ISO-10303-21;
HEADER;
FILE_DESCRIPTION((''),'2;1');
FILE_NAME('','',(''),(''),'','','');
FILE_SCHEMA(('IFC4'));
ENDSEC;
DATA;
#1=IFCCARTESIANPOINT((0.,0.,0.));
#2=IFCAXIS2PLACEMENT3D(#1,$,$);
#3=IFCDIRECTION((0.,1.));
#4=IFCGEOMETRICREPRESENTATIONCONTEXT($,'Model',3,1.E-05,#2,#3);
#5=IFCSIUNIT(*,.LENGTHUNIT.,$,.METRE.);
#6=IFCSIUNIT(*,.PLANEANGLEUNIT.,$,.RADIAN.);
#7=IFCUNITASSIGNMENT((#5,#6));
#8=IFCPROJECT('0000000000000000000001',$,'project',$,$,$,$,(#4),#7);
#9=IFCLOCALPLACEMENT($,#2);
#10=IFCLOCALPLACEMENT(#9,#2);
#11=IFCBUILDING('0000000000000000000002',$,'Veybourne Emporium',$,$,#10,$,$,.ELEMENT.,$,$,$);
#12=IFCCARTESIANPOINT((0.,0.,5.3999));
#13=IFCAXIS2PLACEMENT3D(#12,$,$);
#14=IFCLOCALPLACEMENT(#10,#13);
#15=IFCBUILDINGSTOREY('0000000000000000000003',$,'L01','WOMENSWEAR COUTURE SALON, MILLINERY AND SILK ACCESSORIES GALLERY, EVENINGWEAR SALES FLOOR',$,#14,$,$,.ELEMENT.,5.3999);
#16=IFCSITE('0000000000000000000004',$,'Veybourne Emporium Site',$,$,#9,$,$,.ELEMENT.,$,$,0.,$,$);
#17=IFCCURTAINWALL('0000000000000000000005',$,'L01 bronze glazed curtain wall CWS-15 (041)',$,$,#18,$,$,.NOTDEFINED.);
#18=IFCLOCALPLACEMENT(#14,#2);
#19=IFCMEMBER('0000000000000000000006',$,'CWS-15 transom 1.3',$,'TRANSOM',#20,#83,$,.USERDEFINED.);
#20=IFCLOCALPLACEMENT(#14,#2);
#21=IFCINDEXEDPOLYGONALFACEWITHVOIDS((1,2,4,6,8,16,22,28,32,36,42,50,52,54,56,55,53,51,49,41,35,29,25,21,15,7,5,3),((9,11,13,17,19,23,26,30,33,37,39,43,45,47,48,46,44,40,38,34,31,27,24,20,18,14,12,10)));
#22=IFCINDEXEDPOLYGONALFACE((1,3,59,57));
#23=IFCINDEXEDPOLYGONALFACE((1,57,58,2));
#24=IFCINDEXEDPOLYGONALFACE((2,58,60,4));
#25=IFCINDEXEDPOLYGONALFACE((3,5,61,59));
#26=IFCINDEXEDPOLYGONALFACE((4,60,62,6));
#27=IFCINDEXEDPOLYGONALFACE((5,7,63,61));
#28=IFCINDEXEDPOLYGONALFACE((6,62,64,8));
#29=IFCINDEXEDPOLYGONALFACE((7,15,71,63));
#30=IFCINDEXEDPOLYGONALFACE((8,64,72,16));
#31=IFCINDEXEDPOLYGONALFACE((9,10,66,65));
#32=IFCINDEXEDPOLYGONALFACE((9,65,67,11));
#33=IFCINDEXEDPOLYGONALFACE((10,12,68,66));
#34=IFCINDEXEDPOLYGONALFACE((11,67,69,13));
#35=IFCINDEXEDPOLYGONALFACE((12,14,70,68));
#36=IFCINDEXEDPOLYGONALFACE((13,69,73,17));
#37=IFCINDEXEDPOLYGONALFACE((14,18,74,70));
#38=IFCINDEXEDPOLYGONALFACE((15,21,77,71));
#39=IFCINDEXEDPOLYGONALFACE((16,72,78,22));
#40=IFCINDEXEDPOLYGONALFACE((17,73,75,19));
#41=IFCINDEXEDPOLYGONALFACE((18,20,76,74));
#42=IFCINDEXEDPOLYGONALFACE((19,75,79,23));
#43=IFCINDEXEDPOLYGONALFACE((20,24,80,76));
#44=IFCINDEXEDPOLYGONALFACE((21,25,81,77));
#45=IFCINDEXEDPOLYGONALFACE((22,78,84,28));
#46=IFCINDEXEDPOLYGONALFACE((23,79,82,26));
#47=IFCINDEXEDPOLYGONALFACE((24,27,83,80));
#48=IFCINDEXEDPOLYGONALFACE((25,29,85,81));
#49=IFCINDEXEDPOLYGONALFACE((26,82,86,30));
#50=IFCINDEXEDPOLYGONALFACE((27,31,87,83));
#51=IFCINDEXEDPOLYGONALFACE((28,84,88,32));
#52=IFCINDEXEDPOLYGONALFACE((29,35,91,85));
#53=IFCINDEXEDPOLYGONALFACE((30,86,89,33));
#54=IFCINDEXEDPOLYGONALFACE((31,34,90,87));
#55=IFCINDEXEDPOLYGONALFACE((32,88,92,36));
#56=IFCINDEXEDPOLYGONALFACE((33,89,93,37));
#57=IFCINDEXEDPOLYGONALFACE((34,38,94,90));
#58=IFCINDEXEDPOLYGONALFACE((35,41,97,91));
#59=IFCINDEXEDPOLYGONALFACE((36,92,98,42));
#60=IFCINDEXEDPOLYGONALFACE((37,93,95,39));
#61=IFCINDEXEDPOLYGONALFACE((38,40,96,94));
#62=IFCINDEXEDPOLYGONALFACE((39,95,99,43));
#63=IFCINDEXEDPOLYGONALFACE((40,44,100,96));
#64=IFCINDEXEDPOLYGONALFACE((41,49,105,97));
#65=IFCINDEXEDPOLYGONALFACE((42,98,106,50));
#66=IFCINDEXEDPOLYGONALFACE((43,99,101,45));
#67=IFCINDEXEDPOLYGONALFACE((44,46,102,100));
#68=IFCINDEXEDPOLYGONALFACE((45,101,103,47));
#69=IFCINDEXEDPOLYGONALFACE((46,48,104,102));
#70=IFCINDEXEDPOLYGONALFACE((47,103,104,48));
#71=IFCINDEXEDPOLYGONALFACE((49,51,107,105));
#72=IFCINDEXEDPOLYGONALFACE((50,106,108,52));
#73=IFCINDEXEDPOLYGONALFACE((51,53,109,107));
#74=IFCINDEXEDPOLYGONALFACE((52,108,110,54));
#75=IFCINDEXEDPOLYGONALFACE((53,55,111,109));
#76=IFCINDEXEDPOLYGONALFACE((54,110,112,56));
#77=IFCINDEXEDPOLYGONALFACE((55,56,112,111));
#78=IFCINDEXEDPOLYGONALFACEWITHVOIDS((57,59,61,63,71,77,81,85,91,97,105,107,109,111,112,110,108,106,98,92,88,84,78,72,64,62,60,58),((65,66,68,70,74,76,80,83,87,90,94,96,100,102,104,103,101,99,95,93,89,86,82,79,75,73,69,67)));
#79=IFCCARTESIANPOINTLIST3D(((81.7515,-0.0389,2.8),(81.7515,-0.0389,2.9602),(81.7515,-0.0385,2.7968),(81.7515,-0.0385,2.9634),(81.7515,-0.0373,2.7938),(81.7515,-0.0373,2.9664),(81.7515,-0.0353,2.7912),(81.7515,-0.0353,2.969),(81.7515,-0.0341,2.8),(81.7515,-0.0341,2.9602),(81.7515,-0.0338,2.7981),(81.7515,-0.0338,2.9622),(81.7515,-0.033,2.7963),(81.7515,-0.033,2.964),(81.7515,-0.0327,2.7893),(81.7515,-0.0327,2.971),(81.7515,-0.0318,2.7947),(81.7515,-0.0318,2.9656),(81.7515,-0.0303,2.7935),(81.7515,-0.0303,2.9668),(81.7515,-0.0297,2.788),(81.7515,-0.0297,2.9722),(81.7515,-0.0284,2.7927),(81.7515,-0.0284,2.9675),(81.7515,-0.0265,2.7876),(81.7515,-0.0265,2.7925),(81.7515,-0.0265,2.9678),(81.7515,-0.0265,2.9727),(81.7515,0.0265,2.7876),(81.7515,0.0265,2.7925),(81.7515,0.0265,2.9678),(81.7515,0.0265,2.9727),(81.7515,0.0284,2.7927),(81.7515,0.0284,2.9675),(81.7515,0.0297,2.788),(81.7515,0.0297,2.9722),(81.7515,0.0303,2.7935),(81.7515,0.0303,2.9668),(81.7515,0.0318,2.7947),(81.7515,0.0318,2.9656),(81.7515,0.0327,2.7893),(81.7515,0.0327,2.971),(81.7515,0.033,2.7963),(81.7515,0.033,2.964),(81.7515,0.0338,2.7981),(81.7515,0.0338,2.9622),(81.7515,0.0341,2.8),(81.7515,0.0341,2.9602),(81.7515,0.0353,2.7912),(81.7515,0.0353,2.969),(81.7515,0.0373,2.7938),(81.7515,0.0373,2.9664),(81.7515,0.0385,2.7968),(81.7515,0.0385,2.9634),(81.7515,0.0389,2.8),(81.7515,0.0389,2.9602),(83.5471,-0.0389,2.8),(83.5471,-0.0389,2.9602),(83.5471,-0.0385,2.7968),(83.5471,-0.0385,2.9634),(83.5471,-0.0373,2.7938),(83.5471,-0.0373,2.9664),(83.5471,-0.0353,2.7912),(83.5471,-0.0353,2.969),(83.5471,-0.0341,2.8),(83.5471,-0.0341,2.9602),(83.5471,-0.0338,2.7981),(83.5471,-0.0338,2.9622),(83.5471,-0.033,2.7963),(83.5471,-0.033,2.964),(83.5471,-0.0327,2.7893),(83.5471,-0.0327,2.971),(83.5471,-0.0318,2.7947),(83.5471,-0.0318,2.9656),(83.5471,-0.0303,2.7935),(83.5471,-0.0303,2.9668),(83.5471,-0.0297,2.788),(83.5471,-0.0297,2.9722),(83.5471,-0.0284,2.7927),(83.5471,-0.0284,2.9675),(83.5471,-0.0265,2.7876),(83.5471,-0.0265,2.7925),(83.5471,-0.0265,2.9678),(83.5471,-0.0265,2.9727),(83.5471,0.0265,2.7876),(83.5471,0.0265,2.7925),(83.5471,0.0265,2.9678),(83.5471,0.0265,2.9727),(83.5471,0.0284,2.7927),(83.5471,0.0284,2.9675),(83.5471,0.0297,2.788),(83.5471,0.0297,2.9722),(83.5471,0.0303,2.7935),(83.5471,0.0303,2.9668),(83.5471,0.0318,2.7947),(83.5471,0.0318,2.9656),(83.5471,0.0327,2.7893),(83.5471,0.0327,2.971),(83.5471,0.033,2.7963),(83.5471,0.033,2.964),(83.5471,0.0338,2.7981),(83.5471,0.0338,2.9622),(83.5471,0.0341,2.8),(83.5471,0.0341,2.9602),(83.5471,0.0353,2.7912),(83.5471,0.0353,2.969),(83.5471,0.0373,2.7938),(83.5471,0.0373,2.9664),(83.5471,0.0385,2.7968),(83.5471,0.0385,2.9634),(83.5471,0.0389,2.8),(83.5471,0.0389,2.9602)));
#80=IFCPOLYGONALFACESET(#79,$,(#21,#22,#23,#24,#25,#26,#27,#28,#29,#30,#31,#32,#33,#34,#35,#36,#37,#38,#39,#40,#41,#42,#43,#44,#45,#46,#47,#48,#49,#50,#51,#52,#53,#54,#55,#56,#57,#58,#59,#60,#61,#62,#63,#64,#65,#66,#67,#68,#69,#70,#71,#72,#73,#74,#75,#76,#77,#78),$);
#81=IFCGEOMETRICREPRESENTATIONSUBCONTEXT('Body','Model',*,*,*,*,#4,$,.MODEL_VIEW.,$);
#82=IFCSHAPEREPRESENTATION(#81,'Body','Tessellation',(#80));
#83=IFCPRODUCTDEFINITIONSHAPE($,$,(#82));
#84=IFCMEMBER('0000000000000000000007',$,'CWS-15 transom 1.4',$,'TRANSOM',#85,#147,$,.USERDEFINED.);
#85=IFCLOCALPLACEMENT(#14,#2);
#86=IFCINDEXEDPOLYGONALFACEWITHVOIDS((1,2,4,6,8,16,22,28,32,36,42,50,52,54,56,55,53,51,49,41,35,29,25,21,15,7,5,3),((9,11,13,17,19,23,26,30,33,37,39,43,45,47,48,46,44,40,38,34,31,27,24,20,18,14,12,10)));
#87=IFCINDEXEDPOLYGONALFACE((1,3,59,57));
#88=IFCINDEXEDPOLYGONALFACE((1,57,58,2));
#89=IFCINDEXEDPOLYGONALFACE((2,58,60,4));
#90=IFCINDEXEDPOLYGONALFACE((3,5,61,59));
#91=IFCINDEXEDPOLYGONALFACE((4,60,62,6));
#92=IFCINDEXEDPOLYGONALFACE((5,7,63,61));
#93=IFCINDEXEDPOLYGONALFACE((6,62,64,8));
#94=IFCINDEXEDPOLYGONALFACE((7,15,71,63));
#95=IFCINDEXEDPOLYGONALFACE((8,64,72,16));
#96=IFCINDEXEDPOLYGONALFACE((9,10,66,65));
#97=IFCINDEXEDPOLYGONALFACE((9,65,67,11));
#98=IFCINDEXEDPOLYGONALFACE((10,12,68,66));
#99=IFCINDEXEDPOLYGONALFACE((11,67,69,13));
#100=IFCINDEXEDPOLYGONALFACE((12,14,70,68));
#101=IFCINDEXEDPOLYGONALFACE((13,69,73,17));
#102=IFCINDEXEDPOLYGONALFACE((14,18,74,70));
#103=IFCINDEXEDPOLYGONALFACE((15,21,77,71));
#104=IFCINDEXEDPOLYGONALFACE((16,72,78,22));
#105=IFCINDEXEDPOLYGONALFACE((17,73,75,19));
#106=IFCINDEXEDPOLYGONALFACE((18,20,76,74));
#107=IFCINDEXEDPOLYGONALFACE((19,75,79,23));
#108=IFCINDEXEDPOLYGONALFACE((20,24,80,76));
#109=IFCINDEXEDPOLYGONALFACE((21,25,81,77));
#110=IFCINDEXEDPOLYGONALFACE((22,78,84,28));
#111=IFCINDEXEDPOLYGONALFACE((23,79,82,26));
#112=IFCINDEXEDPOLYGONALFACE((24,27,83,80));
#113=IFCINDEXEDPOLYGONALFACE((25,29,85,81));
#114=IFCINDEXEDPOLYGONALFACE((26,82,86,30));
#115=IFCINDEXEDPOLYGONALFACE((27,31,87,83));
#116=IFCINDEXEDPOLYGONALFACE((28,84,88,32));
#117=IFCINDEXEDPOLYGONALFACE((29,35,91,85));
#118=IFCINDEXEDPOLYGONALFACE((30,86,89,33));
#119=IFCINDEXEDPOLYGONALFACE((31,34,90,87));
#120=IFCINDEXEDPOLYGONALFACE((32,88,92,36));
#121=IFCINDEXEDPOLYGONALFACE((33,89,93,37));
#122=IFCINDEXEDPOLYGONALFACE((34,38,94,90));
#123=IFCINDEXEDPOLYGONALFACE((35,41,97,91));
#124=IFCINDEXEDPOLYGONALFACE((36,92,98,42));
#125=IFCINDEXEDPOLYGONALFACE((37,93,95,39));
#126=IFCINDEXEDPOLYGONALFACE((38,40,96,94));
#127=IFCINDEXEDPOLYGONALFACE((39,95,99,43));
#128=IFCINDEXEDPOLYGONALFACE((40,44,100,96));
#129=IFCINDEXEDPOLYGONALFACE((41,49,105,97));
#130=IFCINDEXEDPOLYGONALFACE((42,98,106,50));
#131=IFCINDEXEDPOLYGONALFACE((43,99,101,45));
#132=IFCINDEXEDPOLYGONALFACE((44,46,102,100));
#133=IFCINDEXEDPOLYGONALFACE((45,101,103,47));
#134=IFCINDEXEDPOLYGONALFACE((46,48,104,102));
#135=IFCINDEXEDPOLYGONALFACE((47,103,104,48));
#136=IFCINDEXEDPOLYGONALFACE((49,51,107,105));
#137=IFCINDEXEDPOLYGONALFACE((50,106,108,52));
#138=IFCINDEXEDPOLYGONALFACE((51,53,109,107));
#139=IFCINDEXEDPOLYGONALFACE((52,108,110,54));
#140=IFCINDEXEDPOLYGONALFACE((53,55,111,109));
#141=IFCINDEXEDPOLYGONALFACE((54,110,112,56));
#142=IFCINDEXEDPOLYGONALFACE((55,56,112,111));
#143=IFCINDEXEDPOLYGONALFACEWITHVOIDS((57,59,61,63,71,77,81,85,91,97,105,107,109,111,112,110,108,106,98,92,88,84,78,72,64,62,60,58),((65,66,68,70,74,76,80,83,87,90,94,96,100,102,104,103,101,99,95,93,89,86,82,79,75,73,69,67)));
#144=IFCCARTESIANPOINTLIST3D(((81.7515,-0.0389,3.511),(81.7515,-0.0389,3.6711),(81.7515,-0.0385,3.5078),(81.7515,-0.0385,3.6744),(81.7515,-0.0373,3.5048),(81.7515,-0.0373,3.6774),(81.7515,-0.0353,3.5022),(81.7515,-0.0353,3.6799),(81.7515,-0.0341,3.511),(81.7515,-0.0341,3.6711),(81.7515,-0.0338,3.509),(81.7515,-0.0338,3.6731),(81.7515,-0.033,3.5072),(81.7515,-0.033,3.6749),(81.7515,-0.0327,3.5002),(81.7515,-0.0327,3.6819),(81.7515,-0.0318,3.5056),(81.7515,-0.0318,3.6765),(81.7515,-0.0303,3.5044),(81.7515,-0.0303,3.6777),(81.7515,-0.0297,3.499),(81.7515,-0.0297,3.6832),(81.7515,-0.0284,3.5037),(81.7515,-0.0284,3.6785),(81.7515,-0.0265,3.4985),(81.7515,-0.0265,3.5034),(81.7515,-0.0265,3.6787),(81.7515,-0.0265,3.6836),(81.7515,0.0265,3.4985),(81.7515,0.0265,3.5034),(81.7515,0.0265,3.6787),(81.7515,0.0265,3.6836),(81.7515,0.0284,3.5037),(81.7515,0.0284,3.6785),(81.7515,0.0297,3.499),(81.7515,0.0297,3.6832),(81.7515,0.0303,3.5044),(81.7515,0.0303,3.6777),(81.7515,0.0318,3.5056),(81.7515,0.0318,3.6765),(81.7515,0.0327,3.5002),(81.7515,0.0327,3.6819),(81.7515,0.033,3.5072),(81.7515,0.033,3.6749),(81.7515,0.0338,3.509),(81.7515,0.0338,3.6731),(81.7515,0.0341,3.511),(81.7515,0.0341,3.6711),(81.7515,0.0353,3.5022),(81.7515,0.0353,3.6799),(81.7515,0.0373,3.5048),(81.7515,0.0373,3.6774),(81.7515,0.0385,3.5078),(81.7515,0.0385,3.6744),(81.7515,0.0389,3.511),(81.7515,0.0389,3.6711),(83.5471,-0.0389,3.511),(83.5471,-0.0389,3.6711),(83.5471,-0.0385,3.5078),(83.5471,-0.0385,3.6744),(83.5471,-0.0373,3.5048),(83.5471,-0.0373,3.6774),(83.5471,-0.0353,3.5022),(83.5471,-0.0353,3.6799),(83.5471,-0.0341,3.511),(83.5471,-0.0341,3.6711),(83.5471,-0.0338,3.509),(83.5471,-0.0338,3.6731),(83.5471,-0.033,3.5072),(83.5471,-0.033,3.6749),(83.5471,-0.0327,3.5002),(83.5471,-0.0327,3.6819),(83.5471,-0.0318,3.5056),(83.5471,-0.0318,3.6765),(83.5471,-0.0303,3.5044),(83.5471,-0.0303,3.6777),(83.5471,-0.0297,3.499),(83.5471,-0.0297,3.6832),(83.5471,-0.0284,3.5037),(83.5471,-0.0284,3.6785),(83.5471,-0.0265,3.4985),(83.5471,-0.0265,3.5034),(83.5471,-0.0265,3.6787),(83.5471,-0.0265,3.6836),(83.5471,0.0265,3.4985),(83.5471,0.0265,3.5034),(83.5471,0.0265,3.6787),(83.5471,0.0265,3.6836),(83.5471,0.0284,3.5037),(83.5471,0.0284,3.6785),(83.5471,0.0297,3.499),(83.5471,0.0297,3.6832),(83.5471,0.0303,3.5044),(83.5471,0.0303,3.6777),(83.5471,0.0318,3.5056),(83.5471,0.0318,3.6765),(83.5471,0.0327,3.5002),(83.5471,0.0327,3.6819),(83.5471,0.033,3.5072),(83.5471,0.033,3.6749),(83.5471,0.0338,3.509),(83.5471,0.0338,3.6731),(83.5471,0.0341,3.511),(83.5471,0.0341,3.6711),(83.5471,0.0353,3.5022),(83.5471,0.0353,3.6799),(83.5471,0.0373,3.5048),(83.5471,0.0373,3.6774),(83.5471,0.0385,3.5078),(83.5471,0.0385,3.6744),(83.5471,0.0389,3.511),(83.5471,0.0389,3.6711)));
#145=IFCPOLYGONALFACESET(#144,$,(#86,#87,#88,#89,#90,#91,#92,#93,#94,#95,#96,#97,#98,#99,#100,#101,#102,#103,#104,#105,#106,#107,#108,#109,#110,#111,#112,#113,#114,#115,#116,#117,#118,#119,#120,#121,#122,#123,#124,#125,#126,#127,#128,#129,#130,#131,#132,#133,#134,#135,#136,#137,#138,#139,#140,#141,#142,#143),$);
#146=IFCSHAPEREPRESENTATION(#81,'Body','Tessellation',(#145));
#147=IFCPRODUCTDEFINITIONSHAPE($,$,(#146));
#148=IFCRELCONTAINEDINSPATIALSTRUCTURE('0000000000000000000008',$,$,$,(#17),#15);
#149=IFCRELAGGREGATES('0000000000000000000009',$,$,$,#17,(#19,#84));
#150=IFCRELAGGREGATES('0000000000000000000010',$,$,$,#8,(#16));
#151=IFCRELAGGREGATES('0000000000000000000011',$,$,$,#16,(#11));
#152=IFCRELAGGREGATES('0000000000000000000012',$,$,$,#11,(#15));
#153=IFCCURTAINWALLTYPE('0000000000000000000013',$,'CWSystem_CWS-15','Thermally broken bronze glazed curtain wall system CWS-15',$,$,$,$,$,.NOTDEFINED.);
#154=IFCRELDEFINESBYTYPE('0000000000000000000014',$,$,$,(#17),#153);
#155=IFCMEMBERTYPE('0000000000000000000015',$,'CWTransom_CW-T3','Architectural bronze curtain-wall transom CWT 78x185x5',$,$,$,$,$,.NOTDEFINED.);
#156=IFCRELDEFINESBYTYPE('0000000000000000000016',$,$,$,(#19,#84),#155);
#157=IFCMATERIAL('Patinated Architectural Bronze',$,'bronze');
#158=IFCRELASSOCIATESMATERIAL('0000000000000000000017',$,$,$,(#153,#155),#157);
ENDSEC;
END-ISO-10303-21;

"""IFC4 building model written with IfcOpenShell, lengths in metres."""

from ifc_helpers import new_model, si_unit, direction, frame, origin, origin_2d, place, context, subcontext, project, spatial, hollow_rectangle, extrude, material, material_profile, profile_set, type_object, element, aggregate, save


model = new_model("IFC4")

# Units and contexts
model_context = context("Model", 3, precision=1e-05, world=origin(), true_north=direction((0.0, 1.0)))
body_context = subcontext(model_context, "Body", "Model", "MODEL_VIEW")
ifc_project = project(units=[si_unit("LENGTHUNIT", "METRE"), si_unit("PLANEANGLEUNIT", "RADIAN")], contexts=[model_context])

# Site, building, storey
site_placement = place(None, origin())
site = spatial("IfcSite", under=ifc_project, at=site_placement, Name="Veybourne Emporium Site", CompositionType="ELEMENT", RefElevation=0.0)
building_placement = place(site_placement, origin())
building = spatial("IfcBuilding", under=site, at=building_placement, Name="Veybourne Emporium", CompositionType="ELEMENT")
storey_placement = place(building_placement, frame((0.0, 0.0, 5.3999)))
storey = spatial("IfcBuildingStorey", under=building, at=storey_placement, Name="L01", Description="WOMENSWEAR COUTURE SALON, MILLINERY AND SILK ACCESSORIES GALLERY, EVENINGWEAR SALES FLOOR", CompositionType="ELEMENT", Elevation=5.3999)

# Shared definitions
ifc_material_1 = material(Name="Patinated Architectural Bronze", Category="bronze")

# Curtain wall
curtain_wall_type_1 = type_object("IfcCurtainWallType", Name="CWSystem_CWS-15", Description="Thermally broken bronze glazed curtain wall system CWS-15", PredefinedType="NOTDEFINED", material=ifc_material_1)
curtain_wall_1_placement = place(storey_placement, origin())
curtain_wall_1 = element("IfcCurtainWall", 1, at=curtain_wall_1_placement, inside=storey, type_object=curtain_wall_type_1, Name="L01 bronze glazed curtain wall CWS-15 (041)", PredefinedType="NOTDEFINED")

# Members
ifc_material_profile_1 = material_profile(ifc_material_1, hollow_rectangle(XDim=0.0779, YDim=0.1851, WallThickness=0.0049, InnerFilletRadius=0.0076, OuterFilletRadius=0.0125, at=origin_2d()), Name="CWT 78x185x5")
ifc_profile_set_1 = profile_set([ifc_material_profile_1], Name="Patinated Architectural Bronze")
member_type_1 = type_object("IfcMemberType", Name="CWTransom_CW-T3", Description="Architectural bronze curtain-wall transom CWT 78x185x5", PredefinedType="NOTDEFINED", material=ifc_profile_set_1)
member_1_placement = place(storey_placement, frame((83.5471, 0.0, 2.8801), z_axis=(-1.0, 0.0, 0.0), x_axis=(0.0, -1.0, 0.0)))
member_1 = element("IfcMember", 2, at=member_1_placement, type_object=member_type_1, Name="CWS-15 transom 1.3", ObjectType="TRANSOM", PredefinedType="USERDEFINED", context=body_context, shape_type="SweptSolid", body=[
    extrude(hollow_rectangle(XDim=0.0779, YDim=0.1851, WallThickness=0.0049, InnerFilletRadius=0.0076, OuterFilletRadius=0.0125, at=origin_2d()), origin(), (0.0, 0.0, 1.0), 1.7957),
])
member_2_placement = place(storey_placement, frame((83.5471, 0.0, 3.5911), z_axis=(-1.0, 0.0, 0.0), x_axis=(0.0, -1.0, 0.0)))
member_2 = element("IfcMember", 3, at=member_2_placement, type_object=member_type_1, Name="CWS-15 transom 1.4", ObjectType="TRANSOM", PredefinedType="USERDEFINED", context=body_context, shape_type="SweptSolid", body=[
    extrude(hollow_rectangle(XDim=0.0779, YDim=0.1851, WallThickness=0.0049, InnerFilletRadius=0.0076, OuterFilletRadius=0.0125, at=origin_2d()), origin(), (0.0, 0.0, 1.0), 1.7957),
])

aggregate(curtain_wall_1, [member_1, member_2])

save(model, "model.ifc")
